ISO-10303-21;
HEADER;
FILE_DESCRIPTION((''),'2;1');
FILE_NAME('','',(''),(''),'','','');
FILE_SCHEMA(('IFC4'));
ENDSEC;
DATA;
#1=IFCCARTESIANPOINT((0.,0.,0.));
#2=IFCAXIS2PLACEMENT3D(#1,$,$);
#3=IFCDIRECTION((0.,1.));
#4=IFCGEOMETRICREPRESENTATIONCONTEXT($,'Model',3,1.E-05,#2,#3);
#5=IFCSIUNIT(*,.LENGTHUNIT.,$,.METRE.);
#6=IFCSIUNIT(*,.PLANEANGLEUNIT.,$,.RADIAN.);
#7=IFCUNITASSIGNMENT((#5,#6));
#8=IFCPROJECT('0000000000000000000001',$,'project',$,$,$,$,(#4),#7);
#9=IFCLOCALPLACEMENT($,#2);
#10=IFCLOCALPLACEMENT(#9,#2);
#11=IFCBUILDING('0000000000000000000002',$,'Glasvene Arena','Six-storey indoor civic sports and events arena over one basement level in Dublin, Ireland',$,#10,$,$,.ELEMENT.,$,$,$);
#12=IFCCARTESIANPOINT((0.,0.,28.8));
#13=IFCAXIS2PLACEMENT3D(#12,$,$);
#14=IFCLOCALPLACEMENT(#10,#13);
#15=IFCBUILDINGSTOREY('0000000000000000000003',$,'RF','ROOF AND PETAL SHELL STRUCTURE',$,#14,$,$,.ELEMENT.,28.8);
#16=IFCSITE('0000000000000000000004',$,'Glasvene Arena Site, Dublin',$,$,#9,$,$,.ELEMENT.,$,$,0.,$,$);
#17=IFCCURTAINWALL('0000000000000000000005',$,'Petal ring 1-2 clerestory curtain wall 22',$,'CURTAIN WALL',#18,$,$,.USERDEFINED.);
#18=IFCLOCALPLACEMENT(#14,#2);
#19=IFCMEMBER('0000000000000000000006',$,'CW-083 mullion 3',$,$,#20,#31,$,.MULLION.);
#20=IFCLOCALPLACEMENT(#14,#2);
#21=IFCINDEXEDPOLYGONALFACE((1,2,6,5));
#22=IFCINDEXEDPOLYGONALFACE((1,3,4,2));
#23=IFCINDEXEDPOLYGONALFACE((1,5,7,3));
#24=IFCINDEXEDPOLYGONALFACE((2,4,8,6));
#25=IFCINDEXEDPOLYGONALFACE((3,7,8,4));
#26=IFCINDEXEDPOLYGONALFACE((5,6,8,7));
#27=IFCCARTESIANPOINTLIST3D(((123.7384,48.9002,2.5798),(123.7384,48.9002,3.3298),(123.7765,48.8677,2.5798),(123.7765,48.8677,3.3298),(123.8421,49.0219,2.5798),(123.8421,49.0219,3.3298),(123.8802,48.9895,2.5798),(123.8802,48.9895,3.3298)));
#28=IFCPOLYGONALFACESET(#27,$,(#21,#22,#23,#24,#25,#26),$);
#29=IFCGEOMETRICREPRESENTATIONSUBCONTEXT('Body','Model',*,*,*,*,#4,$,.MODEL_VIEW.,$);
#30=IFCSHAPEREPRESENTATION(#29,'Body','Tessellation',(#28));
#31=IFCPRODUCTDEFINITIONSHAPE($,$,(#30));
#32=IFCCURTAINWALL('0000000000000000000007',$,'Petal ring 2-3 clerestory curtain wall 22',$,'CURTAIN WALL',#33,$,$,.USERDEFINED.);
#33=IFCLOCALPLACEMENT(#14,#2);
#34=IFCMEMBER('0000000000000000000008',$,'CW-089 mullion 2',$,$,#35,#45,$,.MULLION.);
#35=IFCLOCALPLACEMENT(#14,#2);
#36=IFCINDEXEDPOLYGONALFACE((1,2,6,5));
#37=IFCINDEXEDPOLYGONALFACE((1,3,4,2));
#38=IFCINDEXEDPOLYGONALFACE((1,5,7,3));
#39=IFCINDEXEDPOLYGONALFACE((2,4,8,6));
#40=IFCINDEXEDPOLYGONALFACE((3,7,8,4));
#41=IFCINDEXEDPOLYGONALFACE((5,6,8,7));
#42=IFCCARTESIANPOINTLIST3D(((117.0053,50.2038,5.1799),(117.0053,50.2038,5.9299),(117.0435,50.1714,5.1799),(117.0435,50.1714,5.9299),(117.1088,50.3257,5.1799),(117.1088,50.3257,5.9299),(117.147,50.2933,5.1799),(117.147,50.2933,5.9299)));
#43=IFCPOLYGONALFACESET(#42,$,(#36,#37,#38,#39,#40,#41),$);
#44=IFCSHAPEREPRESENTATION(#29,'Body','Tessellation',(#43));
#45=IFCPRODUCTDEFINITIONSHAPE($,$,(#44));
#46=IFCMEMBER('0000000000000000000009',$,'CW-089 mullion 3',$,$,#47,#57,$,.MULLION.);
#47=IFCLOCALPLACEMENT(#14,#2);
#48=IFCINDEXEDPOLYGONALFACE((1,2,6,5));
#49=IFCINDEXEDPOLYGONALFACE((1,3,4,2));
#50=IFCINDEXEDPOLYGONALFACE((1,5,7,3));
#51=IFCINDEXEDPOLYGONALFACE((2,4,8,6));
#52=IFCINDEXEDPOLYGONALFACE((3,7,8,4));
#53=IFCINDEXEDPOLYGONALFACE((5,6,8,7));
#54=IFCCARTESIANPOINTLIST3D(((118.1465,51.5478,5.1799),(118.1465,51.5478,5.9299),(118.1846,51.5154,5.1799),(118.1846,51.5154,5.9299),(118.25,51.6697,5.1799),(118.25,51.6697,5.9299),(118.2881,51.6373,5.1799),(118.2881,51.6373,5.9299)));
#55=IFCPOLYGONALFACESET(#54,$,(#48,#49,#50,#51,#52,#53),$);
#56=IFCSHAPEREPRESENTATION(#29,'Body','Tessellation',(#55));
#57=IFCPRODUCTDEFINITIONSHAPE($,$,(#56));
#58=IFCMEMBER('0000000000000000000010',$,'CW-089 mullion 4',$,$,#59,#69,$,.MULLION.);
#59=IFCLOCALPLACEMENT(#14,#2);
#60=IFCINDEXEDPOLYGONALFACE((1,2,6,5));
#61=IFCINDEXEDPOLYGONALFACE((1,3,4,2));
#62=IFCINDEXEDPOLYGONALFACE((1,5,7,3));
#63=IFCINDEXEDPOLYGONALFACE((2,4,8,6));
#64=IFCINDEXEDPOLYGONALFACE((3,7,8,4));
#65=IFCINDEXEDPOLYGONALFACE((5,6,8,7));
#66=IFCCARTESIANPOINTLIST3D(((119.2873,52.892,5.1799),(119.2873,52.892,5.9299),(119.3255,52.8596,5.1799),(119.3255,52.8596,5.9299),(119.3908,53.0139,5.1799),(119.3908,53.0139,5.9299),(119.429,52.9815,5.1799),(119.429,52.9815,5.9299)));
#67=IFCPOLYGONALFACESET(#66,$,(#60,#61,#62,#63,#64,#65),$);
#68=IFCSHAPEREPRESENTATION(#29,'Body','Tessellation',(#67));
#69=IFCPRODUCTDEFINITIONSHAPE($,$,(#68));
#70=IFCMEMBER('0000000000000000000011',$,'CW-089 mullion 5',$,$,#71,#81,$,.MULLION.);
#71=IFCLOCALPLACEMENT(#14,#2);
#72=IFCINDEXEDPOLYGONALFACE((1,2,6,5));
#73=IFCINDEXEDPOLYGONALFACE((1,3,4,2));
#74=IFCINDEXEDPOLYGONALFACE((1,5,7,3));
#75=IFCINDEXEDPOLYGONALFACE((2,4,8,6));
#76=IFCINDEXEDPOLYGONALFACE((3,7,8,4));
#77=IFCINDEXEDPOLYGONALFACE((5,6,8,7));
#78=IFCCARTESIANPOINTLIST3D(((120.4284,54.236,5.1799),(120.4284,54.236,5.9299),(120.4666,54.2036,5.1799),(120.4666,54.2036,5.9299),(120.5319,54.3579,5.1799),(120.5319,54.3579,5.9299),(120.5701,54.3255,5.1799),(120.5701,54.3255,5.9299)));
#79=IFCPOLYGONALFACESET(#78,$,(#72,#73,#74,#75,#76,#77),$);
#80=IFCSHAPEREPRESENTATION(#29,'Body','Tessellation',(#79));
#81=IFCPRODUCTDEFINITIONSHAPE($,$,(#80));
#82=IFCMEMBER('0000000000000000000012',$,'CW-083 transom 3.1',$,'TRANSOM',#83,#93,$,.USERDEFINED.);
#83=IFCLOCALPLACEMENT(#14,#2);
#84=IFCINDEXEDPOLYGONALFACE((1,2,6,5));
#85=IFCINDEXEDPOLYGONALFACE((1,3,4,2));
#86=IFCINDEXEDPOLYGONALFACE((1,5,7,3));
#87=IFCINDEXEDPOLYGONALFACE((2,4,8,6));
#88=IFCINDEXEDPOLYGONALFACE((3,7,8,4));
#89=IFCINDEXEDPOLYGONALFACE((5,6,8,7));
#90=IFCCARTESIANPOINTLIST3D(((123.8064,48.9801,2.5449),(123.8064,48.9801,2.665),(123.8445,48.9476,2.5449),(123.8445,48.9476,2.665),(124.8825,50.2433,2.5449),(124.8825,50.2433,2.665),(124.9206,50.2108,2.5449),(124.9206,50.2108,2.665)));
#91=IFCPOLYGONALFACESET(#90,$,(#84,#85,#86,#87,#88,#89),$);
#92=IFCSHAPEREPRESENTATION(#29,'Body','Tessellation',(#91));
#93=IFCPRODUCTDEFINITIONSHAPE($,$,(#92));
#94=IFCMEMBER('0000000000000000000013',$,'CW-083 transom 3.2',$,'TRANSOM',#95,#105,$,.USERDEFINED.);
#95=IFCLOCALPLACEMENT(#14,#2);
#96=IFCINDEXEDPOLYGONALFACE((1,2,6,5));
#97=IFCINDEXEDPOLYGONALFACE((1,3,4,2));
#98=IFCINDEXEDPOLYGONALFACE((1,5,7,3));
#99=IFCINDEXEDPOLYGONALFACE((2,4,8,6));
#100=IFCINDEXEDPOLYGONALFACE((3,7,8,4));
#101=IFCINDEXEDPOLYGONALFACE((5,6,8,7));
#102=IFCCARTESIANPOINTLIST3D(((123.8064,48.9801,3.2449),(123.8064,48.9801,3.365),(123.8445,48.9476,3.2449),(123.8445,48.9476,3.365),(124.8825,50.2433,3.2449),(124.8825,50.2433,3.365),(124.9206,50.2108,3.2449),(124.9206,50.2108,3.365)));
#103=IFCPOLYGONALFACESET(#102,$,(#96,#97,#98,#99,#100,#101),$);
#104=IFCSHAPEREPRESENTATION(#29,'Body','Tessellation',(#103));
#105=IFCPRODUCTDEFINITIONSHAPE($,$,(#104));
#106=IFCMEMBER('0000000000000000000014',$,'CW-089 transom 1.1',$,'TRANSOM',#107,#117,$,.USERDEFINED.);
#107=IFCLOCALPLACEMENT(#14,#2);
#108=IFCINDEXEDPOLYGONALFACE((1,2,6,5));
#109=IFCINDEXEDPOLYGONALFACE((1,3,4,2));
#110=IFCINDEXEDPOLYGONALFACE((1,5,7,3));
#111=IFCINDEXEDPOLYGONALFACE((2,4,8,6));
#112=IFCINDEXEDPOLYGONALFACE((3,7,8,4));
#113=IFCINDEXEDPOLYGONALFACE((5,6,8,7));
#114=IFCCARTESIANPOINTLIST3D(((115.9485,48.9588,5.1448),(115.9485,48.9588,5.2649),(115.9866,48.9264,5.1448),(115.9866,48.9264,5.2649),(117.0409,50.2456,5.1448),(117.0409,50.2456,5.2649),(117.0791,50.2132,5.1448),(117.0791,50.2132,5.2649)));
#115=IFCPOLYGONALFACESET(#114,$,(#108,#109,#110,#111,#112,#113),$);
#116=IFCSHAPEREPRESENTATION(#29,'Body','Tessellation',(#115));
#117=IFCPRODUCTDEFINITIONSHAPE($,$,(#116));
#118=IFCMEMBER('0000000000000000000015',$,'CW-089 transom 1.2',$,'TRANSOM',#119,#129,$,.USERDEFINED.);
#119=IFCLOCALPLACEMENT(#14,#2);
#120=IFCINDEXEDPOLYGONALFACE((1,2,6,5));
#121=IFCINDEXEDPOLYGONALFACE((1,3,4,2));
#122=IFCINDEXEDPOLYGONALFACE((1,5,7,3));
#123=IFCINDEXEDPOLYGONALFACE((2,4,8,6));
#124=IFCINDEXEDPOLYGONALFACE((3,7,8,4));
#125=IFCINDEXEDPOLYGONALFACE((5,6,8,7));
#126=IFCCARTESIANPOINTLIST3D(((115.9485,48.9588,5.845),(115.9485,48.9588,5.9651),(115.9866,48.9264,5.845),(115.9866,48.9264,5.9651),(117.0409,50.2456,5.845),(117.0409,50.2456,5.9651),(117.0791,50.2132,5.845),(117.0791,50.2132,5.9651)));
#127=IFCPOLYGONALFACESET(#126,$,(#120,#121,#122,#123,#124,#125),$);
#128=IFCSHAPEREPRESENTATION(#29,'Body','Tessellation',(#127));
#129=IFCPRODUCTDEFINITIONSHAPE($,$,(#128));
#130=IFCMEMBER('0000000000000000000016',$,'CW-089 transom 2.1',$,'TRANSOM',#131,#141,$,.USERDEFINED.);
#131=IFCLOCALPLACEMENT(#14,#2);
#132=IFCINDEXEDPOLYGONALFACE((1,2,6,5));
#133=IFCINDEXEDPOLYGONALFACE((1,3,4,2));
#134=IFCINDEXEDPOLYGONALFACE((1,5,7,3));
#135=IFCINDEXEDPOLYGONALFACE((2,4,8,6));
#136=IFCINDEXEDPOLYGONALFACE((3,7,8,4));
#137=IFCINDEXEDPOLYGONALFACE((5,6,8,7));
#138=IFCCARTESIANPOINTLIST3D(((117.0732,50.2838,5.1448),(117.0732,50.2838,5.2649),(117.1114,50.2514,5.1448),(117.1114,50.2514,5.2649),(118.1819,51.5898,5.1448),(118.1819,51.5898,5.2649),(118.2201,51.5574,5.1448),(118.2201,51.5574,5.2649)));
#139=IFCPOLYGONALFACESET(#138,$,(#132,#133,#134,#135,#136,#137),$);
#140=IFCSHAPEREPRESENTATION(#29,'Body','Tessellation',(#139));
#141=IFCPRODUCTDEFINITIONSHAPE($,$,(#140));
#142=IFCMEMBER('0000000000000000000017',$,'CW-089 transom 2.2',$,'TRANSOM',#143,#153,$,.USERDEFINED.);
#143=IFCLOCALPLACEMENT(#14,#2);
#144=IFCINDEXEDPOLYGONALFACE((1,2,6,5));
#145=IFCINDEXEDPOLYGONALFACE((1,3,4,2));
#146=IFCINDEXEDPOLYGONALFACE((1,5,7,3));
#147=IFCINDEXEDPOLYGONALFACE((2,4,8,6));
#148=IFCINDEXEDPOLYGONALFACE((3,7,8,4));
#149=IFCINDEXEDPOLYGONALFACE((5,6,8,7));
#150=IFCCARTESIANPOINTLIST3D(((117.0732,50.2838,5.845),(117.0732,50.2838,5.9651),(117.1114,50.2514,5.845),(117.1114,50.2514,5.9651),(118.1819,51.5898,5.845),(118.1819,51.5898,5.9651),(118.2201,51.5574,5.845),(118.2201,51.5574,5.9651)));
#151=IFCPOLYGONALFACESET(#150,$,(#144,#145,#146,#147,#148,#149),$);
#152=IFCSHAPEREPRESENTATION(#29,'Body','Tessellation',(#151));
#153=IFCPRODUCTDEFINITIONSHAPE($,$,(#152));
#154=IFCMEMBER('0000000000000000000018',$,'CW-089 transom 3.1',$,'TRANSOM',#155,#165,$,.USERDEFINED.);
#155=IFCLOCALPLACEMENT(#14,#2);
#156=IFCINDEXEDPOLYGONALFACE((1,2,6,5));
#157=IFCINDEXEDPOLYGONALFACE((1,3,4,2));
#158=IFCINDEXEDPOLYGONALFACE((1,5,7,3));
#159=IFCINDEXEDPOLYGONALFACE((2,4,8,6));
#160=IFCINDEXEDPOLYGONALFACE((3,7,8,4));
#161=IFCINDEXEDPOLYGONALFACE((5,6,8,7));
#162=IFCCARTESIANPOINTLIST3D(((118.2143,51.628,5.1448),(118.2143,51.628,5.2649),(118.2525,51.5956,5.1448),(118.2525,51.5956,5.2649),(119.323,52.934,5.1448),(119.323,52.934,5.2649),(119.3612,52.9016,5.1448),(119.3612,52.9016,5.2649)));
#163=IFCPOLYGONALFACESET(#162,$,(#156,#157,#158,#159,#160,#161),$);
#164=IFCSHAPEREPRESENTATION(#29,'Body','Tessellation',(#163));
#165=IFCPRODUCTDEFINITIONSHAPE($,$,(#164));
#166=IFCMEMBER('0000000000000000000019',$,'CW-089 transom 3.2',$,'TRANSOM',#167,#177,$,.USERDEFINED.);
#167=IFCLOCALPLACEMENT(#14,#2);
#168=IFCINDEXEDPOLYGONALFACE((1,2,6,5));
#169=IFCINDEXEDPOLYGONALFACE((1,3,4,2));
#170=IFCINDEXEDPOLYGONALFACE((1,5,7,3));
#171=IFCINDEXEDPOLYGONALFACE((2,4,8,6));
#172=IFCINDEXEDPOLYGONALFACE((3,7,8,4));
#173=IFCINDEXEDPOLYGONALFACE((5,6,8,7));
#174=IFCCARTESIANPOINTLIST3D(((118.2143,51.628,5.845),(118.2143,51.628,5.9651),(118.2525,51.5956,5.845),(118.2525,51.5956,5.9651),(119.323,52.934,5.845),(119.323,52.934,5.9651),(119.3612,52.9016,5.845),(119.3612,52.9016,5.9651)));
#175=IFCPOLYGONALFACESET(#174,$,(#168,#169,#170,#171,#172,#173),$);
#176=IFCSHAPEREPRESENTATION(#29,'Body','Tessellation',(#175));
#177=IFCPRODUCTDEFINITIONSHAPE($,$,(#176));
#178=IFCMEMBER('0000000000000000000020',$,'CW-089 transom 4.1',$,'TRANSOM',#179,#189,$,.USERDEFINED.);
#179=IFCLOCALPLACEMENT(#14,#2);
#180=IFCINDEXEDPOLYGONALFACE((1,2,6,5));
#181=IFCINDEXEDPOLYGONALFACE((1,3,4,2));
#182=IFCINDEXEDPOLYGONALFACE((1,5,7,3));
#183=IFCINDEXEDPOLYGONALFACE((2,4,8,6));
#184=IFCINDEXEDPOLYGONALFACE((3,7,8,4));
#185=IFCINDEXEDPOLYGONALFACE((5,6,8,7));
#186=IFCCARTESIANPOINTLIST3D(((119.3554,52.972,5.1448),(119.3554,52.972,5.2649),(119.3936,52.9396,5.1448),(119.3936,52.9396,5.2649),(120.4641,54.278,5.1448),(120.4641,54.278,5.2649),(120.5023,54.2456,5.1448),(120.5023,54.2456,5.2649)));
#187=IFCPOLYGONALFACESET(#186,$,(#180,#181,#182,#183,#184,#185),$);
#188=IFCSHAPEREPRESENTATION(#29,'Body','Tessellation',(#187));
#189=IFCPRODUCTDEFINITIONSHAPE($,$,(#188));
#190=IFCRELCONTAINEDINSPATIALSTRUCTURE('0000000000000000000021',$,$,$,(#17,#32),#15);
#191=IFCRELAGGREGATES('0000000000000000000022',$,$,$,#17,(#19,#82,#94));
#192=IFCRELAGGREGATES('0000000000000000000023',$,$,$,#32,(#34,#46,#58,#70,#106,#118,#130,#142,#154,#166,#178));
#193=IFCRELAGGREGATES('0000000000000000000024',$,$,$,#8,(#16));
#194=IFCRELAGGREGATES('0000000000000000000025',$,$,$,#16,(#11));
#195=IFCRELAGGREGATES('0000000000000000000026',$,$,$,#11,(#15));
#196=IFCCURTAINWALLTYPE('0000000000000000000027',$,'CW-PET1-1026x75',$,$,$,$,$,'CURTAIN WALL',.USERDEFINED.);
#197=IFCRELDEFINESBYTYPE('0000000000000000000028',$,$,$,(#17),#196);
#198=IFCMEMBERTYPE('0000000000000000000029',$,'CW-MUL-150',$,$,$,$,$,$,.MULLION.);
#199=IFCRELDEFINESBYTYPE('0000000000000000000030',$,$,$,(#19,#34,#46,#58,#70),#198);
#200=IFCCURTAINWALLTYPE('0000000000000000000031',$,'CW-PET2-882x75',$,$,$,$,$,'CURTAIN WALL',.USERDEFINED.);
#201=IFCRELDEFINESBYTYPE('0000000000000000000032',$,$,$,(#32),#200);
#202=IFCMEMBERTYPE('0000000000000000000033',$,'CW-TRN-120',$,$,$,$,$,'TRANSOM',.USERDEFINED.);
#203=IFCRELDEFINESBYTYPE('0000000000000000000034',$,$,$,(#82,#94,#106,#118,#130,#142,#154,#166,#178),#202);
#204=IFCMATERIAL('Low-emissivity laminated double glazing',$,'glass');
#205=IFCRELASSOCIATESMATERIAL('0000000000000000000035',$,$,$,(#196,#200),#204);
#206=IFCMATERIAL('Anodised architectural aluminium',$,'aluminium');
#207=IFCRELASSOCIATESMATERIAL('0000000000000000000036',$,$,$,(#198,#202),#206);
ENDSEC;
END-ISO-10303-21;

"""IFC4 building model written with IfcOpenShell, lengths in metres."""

from ifc_helpers import new_model, si_unit, direction, frame, origin, origin_2d, place, context, subcontext, project, spatial, rectangle, extrude, material, material_profile, profile_set, type_object, element, aggregate, save


model = new_model("IFC4")

# Units and contexts
model_context = context("Model", 3, precision=1e-05, world=origin(), true_north=direction((0.0, 1.0)))
body_context = subcontext(model_context, "Body", "Model", "MODEL_VIEW")
ifc_project = project(units=[si_unit("LENGTHUNIT", "METRE"), si_unit("PLANEANGLEUNIT", "RADIAN")], contexts=[model_context])

# Site, building, storey
site_placement = place(None, origin())
site = spatial("IfcSite", under=ifc_project, at=site_placement, Name="Glasvene Arena Site, Dublin", CompositionType="ELEMENT", RefElevation=0.0)
building_placement = place(site_placement, origin())
building = spatial("IfcBuilding", under=site, at=building_placement, Name="Glasvene Arena", Description="Six-storey indoor civic sports and events arena over one basement level in Dublin, Ireland", CompositionType="ELEMENT")
storey_placement = place(building_placement, frame((0.0, 0.0, 28.8)))
storey = spatial("IfcBuildingStorey", under=building, at=storey_placement, Name="RF", Description="ROOF AND PETAL SHELL STRUCTURE", CompositionType="ELEMENT", Elevation=28.8)

# Curtain wall, member
ifc_material_1 = material(Name="Low-emissivity laminated double glazing", Category="glass")
curtain_wall_type_1 = type_object("IfcCurtainWallType", Name="CW-PET1-1026x75", ElementType="CURTAIN WALL", PredefinedType="USERDEFINED", material=ifc_material_1)
curtain_wall_1_placement = place(storey_placement, frame((121.5923, 46.342, 0.0)))
curtain_wall_1 = element("IfcCurtainWall", 1, at=curtain_wall_1_placement, inside=storey, type_object=curtain_wall_type_1, Name="Petal ring 1-2 clerestory curtain wall 22", ObjectType="CURTAIN WALL", PredefinedType="USERDEFINED")
ifc_material_2 = material(Name="Anodised architectural aluminium", Category="aluminium")
ifc_material_profile_1 = material_profile(ifc_material_2, rectangle(XDim=0.05, YDim=0.1599, at=origin_2d()), Name="ALU MULLION 50x160")
ifc_profile_set_1 = profile_set([ifc_material_profile_1], Name="Anodised architectural aluminium")
member_type_1 = type_object("IfcMemberType", Name="CW-MUL-150", PredefinedType="MULLION", material=ifc_profile_set_1)
member_1_placement = place(storey_placement, frame((123.8093, 48.9448, 2.5798), z_axis=(0.0, 0.0, 1.0), x_axis=(-0.761261, 0.648445, 0.0)))
member_1 = element("IfcMember", 2, at=member_1_placement, type_object=member_type_1, Name="CW-083 mullion 3", PredefinedType="MULLION", context=body_context, shape_type="SweptSolid", body=[
    extrude(rectangle(XDim=0.05, YDim=0.1599, at=origin_2d()), origin(), (0.0, 0.0, 1.0), 0.75),
])

# Curtain wall, members
curtain_wall_type_2 = type_object("IfcCurtainWallType", Name="CW-PET2-882x75", ElementType="CURTAIN WALL", PredefinedType="USERDEFINED", material=ifc_material_1)
curtain_wall_2_placement = place(storey_placement, frame((115.9351, 48.9043, 0.0)))
curtain_wall_2 = element("IfcCurtainWall", 3, at=curtain_wall_2_placement, inside=storey, type_object=curtain_wall_type_2, Name="Petal ring 2-3 clerestory curtain wall 22", ObjectType="CURTAIN WALL", PredefinedType="USERDEFINED")
member_2_placement = place(storey_placement, frame((117.0762, 50.2485, 5.1799), z_axis=(0.0, 0.0, 1.0), x_axis=(-0.762348, 0.647167, 0.0)))
member_2 = element("IfcMember", 4, at=member_2_placement, type_object=member_type_1, Name="CW-089 mullion 2", PredefinedType="MULLION", context=body_context, shape_type="SweptSolid", body=[
    extrude(rectangle(XDim=0.05, YDim=0.1599, at=origin_2d()), origin(), (0.0, 0.0, 1.0), 0.75),
])
member_3_placement = place(storey_placement, frame((118.2173, 51.5925, 5.1799), z_axis=(0.0, 0.0, 1.0), x_axis=(-0.762348, 0.647167, 0.0)))
member_3 = element("IfcMember", 5, at=member_3_placement, type_object=member_type_1, Name="CW-089 mullion 3", PredefinedType="MULLION", context=body_context, shape_type="SweptSolid", body=[
    extrude(rectangle(XDim=0.05, YDim=0.1599, at=origin_2d()), origin(), (0.0, 0.0, 1.0), 0.75),
])
member_4_placement = place(storey_placement, frame((119.3582, 52.9368, 5.1799), z_axis=(0.0, 0.0, 1.0), x_axis=(-0.762348, 0.647167, 0.0)))
member_4 = element("IfcMember", 6, at=member_4_placement, type_object=member_type_1, Name="CW-089 mullion 4", PredefinedType="MULLION", context=body_context, shape_type="SweptSolid", body=[
    extrude(rectangle(XDim=0.05, YDim=0.1599, at=origin_2d()), origin(), (0.0, 0.0, 1.0), 0.75),
])
member_5_placement = place(storey_placement, frame((120.4993, 54.2808, 5.1799), z_axis=(0.0, 0.0, 1.0), x_axis=(-0.762348, 0.647167, 0.0)))
member_5 = element("IfcMember", 7, at=member_5_placement, type_object=member_type_1, Name="CW-089 mullion 5", PredefinedType="MULLION", context=body_context, shape_type="SweptSolid", body=[
    extrude(rectangle(XDim=0.05, YDim=0.1599, at=origin_2d()), origin(), (0.0, 0.0, 1.0), 0.75),
])

# Members
ifc_material_profile_2 = material_profile(ifc_material_2, rectangle(XDim=0.05, YDim=0.1201, at=origin_2d()), Name="ALU TRANSOM 50x120")
ifc_profile_set_2 = profile_set([ifc_material_profile_2], Name="Anodised architectural aluminium")
member_type_2 = type_object("IfcMemberType", Name="CW-TRN-120", ElementType="TRANSOM", PredefinedType="USERDEFINED", material=ifc_profile_set_2)
member_6_placement = place(storey_placement, frame((123.8254, 48.9639, 2.605), z_axis=(0.648511, 0.761206, 0.0), x_axis=(-0.761206, 0.648511, 0.0)))
member_6 = element("IfcMember", 8, at=member_6_placement, type_object=member_type_2, Name="CW-083 transom 3.1", ObjectType="TRANSOM", PredefinedType="USERDEFINED", context=body_context, shape_type="SweptSolid", body=[
    extrude(rectangle(XDim=0.05, YDim=0.1201, at=origin_2d()), origin(), (0.0, 0.0, 1.0), 1.6594),
])
member_7_placement = place(storey_placement, frame((123.8254, 48.9639, 3.3049), z_axis=(0.648511, 0.761206, 0.0), x_axis=(-0.761206, 0.648511, 0.0)))
member_7 = element("IfcMember", 9, at=member_7_placement, type_object=member_type_2, Name="CW-083 transom 3.2", ObjectType="TRANSOM", PredefinedType="USERDEFINED", context=body_context, shape_type="SweptSolid", body=[
    extrude(rectangle(XDim=0.05, YDim=0.1201, at=origin_2d()), origin(), (0.0, 0.0, 1.0), 1.6594),
])
member_8_placement = place(storey_placement, frame((115.9675, 48.9426, 5.2048), z_axis=(0.647199, 0.762321, 0.0), x_axis=(-0.762321, 0.647199, 0.0)))
member_8 = element("IfcMember", 10, at=member_8_placement, type_object=member_type_2, Name="CW-089 transom 1.1", ObjectType="TRANSOM", PredefinedType="USERDEFINED", context=body_context, shape_type="SweptSolid", body=[
    extrude(rectangle(XDim=0.05, YDim=0.1201, at=origin_2d()), origin(), (0.0, 0.0, 1.0), 1.688),
])
member_9_placement = place(storey_placement, frame((115.9675, 48.9426, 5.905), z_axis=(0.647199, 0.762321, 0.0), x_axis=(-0.762321, 0.647199, 0.0)))
member_9 = element("IfcMember", 11, at=member_9_placement, type_object=member_type_2, Name="CW-089 transom 1.2", ObjectType="TRANSOM", PredefinedType="USERDEFINED", context=body_context, shape_type="SweptSolid", body=[
    extrude(rectangle(XDim=0.05, YDim=0.1201, at=origin_2d()), origin(), (0.0, 0.0, 1.0), 1.688),
])
member_10_placement = place(storey_placement, frame((117.0923, 50.2676, 5.2048), z_axis=(0.647181, 0.762337, 0.0), x_axis=(-0.762337, 0.647181, 0.0)))
member_10 = element("IfcMember", 12, at=member_10_placement, type_object=member_type_2, Name="CW-089 transom 2.1", ObjectType="TRANSOM", PredefinedType="USERDEFINED", context=body_context, shape_type="SweptSolid", body=[
    extrude(rectangle(XDim=0.05, YDim=0.1201, at=origin_2d()), origin(), (0.0, 0.0, 1.0), 1.7131),
])
member_11_placement = place(storey_placement, frame((117.0923, 50.2676, 5.905), z_axis=(0.647181, 0.762337, 0.0), x_axis=(-0.762337, 0.647181, 0.0)))
member_11 = element("IfcMember", 13, at=member_11_placement, type_object=member_type_2, Name="CW-089 transom 2.2", ObjectType="TRANSOM", PredefinedType="USERDEFINED", context=body_context, shape_type="SweptSolid", body=[
    extrude(rectangle(XDim=0.05, YDim=0.1201, at=origin_2d()), origin(), (0.0, 0.0, 1.0), 1.7131),
])
member_12_placement = place(storey_placement, frame((118.2334, 51.6118, 5.2048), z_axis=(0.647181, 0.762337, 0.0), x_axis=(-0.762337, 0.647181, 0.0)))
member_12 = element("IfcMember", 14, at=member_12_placement, type_object=member_type_2, Name="CW-089 transom 3.1", ObjectType="TRANSOM", PredefinedType="USERDEFINED", context=body_context, shape_type="SweptSolid", body=[
    extrude(rectangle(XDim=0.05, YDim=0.1201, at=origin_2d()), origin(), (0.0, 0.0, 1.0), 1.7131),
])
member_13_placement = place(storey_placement, frame((118.2334, 51.6118, 5.905), z_axis=(0.647181, 0.762337, 0.0), x_axis=(-0.762337, 0.647181, 0.0)))
member_13 = element("IfcMember", 15, at=member_13_placement, type_object=member_type_2, Name="CW-089 transom 3.2", ObjectType="TRANSOM", PredefinedType="USERDEFINED", context=body_context, shape_type="SweptSolid", body=[
    extrude(rectangle(XDim=0.05, YDim=0.1201, at=origin_2d()), origin(), (0.0, 0.0, 1.0), 1.7131),
])
member_14_placement = place(storey_placement, frame((119.3745, 52.9558, 5.2048), z_axis=(0.647181, 0.762337, 0.0), x_axis=(-0.762337, 0.647181, 0.0)))
member_14 = element("IfcMember", 16, at=member_14_placement, type_object=member_type_2, Name="CW-089 transom 4.1", ObjectType="TRANSOM", PredefinedType="USERDEFINED", context=body_context, shape_type="SweptSolid", body=[
    extrude(rectangle(XDim=0.05, YDim=0.1201, at=origin_2d()), origin(), (0.0, 0.0, 1.0), 1.7131),
])

aggregate(curtain_wall_1, [member_1, member_6, member_7])
aggregate(curtain_wall_2, [member_2, member_3, member_4, member_5, member_8, member_9, member_10, member_11, member_12, member_13, member_14])

save(model, "model.ifc")
